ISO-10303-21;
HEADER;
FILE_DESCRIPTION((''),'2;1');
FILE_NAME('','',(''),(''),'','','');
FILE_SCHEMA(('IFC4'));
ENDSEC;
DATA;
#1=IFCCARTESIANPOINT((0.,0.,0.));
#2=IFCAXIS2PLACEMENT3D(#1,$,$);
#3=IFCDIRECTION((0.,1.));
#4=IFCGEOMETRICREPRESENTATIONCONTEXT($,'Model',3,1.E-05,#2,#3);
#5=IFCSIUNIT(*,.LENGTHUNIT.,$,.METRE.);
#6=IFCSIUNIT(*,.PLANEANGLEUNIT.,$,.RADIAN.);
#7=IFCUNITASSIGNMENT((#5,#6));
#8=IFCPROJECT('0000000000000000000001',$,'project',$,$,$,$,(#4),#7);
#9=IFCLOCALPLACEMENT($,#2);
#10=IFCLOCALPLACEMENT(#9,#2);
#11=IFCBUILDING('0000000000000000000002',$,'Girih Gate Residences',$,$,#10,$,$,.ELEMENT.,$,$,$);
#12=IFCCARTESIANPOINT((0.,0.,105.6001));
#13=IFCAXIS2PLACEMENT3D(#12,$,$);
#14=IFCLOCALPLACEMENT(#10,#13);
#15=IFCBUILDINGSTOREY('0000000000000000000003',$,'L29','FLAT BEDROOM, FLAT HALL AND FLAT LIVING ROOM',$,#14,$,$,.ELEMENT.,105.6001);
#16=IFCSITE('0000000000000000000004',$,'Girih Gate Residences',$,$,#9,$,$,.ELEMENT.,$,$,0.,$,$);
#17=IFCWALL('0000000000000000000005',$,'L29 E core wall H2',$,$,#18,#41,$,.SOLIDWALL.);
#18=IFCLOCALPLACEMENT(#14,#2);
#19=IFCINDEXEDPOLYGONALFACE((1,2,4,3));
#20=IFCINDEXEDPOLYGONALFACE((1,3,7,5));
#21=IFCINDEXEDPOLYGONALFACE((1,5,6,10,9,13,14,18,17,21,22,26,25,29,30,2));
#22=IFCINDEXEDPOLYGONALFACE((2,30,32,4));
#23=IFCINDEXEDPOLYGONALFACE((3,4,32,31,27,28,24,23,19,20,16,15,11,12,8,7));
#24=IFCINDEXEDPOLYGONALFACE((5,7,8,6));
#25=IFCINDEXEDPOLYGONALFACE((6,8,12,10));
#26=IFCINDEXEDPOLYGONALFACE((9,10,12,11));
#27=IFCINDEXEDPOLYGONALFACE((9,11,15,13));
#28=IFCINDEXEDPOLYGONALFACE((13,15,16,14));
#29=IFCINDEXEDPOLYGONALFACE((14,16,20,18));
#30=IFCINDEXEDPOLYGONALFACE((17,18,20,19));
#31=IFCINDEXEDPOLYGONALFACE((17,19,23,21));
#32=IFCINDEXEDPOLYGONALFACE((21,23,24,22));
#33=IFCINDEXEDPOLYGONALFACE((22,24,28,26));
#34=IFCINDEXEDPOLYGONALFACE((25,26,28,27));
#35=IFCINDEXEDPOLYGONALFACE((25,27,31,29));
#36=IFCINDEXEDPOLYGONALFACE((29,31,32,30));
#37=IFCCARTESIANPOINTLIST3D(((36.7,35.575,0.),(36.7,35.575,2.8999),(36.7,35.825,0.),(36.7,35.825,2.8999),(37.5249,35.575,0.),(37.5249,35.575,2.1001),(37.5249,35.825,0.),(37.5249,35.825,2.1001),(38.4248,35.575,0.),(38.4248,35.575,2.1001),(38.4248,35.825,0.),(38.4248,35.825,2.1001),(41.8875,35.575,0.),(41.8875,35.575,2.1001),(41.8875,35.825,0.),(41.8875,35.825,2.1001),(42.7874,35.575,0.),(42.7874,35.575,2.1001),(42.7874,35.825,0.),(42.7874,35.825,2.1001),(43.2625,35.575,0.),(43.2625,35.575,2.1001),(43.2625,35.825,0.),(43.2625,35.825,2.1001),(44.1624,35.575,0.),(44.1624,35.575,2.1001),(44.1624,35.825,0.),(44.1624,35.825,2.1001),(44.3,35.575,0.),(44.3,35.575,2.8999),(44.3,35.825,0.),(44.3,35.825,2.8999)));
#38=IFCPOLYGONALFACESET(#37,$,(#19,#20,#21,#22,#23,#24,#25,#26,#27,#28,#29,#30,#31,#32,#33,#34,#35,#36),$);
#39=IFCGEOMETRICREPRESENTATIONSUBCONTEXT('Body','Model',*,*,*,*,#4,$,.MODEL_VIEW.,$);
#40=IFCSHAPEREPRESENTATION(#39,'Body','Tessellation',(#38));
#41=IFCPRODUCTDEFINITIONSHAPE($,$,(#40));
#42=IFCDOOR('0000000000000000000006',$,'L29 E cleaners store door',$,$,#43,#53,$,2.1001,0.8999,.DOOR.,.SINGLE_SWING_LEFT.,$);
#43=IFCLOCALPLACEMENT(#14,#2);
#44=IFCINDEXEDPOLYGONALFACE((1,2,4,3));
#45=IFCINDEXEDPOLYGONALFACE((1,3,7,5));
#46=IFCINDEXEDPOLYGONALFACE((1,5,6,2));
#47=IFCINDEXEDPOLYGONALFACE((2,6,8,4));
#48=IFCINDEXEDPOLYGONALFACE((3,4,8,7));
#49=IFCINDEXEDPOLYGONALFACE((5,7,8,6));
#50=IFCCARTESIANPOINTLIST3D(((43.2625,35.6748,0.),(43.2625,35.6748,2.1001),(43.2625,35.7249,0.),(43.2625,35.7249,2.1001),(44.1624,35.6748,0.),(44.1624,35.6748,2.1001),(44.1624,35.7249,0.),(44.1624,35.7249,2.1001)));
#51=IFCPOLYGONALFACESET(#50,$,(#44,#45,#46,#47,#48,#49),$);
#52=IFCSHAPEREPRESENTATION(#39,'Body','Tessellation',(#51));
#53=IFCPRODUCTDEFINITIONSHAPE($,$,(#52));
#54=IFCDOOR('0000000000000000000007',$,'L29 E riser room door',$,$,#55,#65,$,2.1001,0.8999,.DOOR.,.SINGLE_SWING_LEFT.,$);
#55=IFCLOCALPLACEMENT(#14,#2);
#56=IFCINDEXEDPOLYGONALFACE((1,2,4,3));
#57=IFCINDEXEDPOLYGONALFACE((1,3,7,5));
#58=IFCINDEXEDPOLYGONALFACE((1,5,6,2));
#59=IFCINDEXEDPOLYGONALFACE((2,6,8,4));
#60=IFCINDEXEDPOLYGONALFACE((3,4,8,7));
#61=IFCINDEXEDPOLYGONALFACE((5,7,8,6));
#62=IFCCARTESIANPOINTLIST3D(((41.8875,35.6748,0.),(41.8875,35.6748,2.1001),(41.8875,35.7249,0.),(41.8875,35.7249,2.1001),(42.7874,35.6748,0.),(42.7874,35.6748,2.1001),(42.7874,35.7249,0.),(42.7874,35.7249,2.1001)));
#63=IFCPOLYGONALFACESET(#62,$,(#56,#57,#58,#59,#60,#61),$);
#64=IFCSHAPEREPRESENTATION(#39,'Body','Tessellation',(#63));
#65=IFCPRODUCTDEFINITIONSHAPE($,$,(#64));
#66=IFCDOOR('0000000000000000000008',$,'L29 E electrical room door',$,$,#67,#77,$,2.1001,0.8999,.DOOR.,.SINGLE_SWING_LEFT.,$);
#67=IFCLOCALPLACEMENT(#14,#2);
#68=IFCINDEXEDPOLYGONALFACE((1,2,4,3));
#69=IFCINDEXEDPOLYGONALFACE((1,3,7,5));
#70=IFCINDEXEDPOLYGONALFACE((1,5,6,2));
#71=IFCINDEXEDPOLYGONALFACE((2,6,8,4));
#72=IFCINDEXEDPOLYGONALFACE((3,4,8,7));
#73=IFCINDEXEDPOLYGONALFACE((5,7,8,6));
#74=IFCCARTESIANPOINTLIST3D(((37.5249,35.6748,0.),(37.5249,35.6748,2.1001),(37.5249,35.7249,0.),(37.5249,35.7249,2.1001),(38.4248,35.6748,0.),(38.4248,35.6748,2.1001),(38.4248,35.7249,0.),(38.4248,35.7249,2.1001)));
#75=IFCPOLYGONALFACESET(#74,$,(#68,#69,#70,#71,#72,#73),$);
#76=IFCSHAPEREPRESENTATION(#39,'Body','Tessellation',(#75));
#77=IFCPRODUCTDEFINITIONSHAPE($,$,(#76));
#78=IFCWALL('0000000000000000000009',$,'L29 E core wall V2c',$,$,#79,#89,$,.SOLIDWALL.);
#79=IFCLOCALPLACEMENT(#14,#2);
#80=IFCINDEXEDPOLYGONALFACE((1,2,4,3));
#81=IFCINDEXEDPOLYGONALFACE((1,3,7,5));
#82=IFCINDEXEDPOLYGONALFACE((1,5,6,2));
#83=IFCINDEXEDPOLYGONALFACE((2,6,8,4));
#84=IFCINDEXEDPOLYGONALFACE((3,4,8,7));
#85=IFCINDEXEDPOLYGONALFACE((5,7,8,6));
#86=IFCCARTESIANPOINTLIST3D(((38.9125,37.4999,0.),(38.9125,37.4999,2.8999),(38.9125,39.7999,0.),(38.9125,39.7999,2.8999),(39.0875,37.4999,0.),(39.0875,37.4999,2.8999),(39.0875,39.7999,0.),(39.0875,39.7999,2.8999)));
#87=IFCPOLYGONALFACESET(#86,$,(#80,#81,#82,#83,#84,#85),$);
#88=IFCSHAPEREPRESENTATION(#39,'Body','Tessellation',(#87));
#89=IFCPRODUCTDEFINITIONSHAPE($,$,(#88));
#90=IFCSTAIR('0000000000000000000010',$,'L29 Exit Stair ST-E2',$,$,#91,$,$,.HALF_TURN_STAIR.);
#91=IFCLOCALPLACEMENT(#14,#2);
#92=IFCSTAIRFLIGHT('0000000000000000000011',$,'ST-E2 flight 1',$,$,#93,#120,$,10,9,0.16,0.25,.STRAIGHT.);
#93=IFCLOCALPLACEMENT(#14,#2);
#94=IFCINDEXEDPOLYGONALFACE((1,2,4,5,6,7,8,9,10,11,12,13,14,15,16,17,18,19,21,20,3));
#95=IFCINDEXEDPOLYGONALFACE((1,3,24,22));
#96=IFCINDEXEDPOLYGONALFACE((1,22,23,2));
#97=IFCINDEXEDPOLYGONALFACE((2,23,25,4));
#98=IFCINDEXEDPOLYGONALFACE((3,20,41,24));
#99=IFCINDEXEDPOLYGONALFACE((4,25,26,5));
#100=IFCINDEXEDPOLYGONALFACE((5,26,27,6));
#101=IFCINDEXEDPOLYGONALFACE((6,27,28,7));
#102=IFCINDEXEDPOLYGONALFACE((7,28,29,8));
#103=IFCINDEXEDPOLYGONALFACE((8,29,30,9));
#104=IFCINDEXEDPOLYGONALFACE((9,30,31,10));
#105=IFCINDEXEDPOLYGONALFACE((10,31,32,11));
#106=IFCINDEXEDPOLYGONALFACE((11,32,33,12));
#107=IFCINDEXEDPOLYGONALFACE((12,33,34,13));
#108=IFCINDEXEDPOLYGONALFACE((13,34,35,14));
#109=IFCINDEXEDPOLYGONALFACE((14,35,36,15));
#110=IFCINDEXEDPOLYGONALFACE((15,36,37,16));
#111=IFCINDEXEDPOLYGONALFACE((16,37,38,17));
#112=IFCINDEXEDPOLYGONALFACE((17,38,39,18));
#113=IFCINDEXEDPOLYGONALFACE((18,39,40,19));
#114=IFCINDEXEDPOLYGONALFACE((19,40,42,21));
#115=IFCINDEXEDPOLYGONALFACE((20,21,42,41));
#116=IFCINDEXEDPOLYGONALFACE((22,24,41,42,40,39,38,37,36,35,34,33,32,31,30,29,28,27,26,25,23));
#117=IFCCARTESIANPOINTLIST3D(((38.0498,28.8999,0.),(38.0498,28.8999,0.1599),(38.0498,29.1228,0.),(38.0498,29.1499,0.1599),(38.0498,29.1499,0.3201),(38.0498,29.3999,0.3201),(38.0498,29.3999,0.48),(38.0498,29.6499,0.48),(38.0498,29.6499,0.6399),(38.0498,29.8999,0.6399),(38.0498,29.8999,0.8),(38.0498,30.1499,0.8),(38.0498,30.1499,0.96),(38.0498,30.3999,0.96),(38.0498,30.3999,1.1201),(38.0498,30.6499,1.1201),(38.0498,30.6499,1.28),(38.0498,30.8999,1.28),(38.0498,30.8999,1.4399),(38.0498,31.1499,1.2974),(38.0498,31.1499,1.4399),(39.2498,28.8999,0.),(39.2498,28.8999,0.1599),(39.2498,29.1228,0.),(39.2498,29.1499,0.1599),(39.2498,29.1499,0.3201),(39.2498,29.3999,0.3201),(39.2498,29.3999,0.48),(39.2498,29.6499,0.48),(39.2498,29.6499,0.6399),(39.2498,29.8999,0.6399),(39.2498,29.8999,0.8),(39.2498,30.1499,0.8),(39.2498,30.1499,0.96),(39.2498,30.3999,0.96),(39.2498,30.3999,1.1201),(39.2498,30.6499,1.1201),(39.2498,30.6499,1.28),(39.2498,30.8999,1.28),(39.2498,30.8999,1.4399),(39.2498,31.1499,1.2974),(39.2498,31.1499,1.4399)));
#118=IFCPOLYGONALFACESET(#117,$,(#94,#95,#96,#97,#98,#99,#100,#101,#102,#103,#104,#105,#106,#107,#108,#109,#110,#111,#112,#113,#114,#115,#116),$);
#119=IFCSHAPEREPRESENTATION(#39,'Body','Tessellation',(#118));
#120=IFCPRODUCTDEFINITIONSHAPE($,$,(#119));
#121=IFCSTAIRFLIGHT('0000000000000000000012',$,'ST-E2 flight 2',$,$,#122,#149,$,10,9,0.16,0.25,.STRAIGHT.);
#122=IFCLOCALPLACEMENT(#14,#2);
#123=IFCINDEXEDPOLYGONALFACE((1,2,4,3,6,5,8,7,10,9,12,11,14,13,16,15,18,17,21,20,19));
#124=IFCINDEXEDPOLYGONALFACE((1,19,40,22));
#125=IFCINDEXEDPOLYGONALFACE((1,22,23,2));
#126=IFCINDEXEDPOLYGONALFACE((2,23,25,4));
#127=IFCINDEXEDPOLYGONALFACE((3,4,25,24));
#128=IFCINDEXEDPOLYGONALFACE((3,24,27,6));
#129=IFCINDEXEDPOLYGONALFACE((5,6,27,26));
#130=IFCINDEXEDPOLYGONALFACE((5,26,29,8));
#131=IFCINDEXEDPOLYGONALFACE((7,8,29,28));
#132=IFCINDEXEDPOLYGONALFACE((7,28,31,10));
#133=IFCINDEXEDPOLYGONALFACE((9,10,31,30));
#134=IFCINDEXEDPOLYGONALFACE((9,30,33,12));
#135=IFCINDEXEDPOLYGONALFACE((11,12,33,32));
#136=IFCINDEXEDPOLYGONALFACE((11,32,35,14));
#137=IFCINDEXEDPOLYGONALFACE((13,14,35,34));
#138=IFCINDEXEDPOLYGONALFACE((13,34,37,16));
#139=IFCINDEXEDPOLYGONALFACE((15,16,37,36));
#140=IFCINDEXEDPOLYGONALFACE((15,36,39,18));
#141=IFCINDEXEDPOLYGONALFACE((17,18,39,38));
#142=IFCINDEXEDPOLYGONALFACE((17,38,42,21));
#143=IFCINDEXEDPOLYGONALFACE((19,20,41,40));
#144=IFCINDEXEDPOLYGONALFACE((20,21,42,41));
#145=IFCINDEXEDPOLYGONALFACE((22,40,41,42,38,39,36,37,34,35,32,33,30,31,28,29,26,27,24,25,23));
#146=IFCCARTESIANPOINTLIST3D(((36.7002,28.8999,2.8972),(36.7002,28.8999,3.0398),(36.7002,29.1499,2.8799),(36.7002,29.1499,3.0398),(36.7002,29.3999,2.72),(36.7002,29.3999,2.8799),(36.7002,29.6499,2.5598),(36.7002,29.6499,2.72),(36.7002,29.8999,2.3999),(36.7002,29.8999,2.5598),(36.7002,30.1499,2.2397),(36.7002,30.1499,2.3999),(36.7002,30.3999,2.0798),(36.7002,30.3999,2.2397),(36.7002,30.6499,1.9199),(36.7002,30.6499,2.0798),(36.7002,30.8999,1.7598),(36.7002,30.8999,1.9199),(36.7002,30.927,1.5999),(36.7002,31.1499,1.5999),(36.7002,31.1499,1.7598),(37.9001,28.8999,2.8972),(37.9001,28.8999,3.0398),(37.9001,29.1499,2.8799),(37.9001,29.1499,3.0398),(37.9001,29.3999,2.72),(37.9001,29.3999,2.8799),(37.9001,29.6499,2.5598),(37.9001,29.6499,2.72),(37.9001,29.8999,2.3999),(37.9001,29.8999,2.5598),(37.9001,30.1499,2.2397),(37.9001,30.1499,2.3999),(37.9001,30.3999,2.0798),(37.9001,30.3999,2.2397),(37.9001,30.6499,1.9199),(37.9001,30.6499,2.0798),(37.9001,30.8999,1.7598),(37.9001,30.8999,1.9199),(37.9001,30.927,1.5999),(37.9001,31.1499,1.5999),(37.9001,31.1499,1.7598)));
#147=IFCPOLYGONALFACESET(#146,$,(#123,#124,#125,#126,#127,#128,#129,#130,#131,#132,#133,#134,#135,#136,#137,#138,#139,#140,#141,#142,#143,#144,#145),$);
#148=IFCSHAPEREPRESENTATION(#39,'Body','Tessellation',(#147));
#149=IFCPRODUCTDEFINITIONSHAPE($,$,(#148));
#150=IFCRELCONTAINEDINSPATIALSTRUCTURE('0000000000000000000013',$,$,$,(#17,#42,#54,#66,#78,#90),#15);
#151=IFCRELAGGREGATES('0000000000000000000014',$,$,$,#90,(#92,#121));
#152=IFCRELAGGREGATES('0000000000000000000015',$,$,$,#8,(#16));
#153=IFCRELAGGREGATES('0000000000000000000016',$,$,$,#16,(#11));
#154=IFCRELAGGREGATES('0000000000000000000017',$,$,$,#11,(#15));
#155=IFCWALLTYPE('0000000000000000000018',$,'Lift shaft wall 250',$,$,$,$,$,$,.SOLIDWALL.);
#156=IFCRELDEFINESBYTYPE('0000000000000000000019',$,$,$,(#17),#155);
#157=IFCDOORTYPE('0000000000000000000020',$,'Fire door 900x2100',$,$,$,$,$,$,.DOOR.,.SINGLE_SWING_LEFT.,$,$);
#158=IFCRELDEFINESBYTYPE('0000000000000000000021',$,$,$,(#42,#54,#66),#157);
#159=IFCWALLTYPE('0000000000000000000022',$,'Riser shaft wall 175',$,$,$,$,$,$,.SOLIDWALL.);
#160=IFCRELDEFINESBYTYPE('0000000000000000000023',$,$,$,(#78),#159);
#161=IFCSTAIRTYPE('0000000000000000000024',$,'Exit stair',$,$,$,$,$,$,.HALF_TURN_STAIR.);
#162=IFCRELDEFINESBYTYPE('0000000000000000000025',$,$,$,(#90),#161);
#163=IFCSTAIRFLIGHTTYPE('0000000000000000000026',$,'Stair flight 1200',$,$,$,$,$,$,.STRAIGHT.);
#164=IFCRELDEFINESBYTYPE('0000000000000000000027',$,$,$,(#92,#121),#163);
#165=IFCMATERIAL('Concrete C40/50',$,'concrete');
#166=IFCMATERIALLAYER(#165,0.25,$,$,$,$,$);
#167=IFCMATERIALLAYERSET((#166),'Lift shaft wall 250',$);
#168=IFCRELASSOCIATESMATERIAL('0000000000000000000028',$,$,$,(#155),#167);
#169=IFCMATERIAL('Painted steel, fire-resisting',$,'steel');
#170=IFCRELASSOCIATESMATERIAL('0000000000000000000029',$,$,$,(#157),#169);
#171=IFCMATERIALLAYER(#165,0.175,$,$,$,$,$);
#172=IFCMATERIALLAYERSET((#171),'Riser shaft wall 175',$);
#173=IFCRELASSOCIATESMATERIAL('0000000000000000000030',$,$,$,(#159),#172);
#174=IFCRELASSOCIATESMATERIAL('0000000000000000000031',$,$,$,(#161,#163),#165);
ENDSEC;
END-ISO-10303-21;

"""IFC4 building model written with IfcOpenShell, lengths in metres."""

from ifc_helpers import new_model, si_unit, direction, frame, frame_2d, origin, place, context, subcontext, project, spatial, polyline, rectangle, outline, extrude, material, layer, layer_set, type_object, element, fill, aggregate, save


model = new_model("IFC4")

# Units and contexts
model_context = context("Model", 3, precision=1e-05, world=origin(), true_north=direction((0.0, 1.0)))
body_context = subcontext(model_context, "Body", "Model", "MODEL_VIEW")
ifc_project = project(units=[si_unit("LENGTHUNIT", "METRE"), si_unit("PLANEANGLEUNIT", "RADIAN")], contexts=[model_context])

# Site, building, storey
site_placement = place(None, origin())
site = spatial("IfcSite", under=ifc_project, at=site_placement, Name="Girih Gate Residences", CompositionType="ELEMENT", RefElevation=0.0)
building_placement = place(site_placement, origin())
building = spatial("IfcBuilding", under=site, at=building_placement, Name="Girih Gate Residences", CompositionType="ELEMENT")
storey_placement = place(building_placement, frame((0.0, 0.0, 105.6001)))
storey = spatial("IfcBuildingStorey", under=building, at=storey_placement, Name="L29", Description="FLAT BEDROOM, FLAT HALL AND FLAT LIVING ROOM", CompositionType="ELEMENT", Elevation=105.6001)

# Shared definitions
ifc_material_1 = material(Name="Concrete C40/50", Category="concrete")
ifc_layer_1 = layer(ifc_material_1, 0.25)
ifc_layer_set_1 = layer_set([ifc_layer_1], Name="Lift shaft wall 250")
wall_type_1 = type_object("IfcWallType", Name="Lift shaft wall 250", PredefinedType="SOLIDWALL", material=ifc_layer_set_1)

# Wall, openings, doors
wall_1_placement = place(storey_placement, frame((36.7, 35.7, 0.0), z_axis=(0.0, 0.0, 1.0), x_axis=(1.0, 0.0, 0.0)))
wall_1 = element("IfcWall", 1, at=wall_1_placement, inside=storey, type_object=wall_type_1, Name="L29 E core wall H2", PredefinedType="SOLIDWALL", context=body_context, shape_type="SweptSolid", body=[
    extrude(rectangle(XDim=7.6001, YDim=0.25, at=frame_2d((3.8, 0.0))), origin(), (0.0, 0.0, 1.0), 2.8999),
])
opening_1_placement = place(wall_1_placement, frame((6.5625, 0.0, 0.0)))
opening_1 = element("IfcOpeningElement", 2, at=opening_1_placement, cuts=wall_1, PredefinedType="OPENING", context=body_context, shape_type="SweptSolid", body=[
    extrude(rectangle(XDim=0.8999, YDim=2.1001, at=frame_2d((0.45, 1.05))), frame((0.0, 0.135, 0.0), z_axis=(0.0, -1.0, 0.0), x_axis=(1.0, 0.0, 0.0)), (0.0, 0.0, 1.0), 0.27),
])
opening_2_placement = place(wall_1_placement, frame((5.1875, 0.0, 0.0)))
opening_2 = element("IfcOpeningElement", 3, at=opening_2_placement, cuts=wall_1, PredefinedType="OPENING", context=body_context, shape_type="SweptSolid", body=[
    extrude(rectangle(XDim=0.8999, YDim=2.1001, at=frame_2d((0.45, 1.05))), frame((0.0, 0.135, 0.0), z_axis=(0.0, -1.0, 0.0), x_axis=(1.0, 0.0, 0.0)), (0.0, 0.0, 1.0), 0.27),
])
opening_3_placement = place(wall_1_placement, frame((0.825, 0.0, 0.0)))
opening_3 = element("IfcOpeningElement", 4, at=opening_3_placement, cuts=wall_1, PredefinedType="OPENING", context=body_context, shape_type="SweptSolid", body=[
    extrude(rectangle(XDim=0.8999, YDim=2.1001, at=frame_2d((0.45, 1.05))), frame((0.0, 0.135, 0.0), z_axis=(0.0, -1.0, 0.0), x_axis=(1.0, 0.0, 0.0)), (0.0, 0.0, 1.0), 0.27),
])
ifc_material_2 = material(Name="Painted steel, fire-resisting", Category="steel")
door_type_1 = type_object("IfcDoorType", Name="Fire door 900x2100", OperationType="SINGLE_SWING_LEFT", PredefinedType="DOOR", material=ifc_material_2)
door_1_placement = place(opening_1_placement, origin())
door_1 = element("IfcDoor", 5, at=door_1_placement, inside=storey, type_object=door_type_1, Name="L29 E cleaners store door", OperationType="SINGLE_SWING_LEFT", OverallHeight=2.1001, OverallWidth=0.8999, PredefinedType="DOOR", context=body_context, shape_type="SweptSolid", body=[
    extrude(rectangle(XDim=0.8999, YDim=2.1001, at=frame_2d((0.45, 1.05))), frame((0.0, 0.0249, 0.0), z_axis=(0.0, -1.0, 0.0), x_axis=(1.0, 0.0, 0.0)), (0.0, 0.0, 1.0), 0.05),
])
fill(opening_1, door_1)
door_2_placement = place(opening_2_placement, origin())
door_2 = element("IfcDoor", 6, at=door_2_placement, inside=storey, type_object=door_type_1, Name="L29 E riser room door", OperationType="SINGLE_SWING_LEFT", OverallHeight=2.1001, OverallWidth=0.8999, PredefinedType="DOOR", context=body_context, shape_type="SweptSolid", body=[
    extrude(rectangle(XDim=0.8999, YDim=2.1001, at=frame_2d((0.45, 1.05))), frame((0.0, 0.0249, 0.0), z_axis=(0.0, -1.0, 0.0), x_axis=(1.0, 0.0, 0.0)), (0.0, 0.0, 1.0), 0.05),
])
fill(opening_2, door_2)
door_3_placement = place(opening_3_placement, origin())
door_3 = element("IfcDoor", 7, at=door_3_placement, inside=storey, type_object=door_type_1, Name="L29 E electrical room door", OperationType="SINGLE_SWING_LEFT", OverallHeight=2.1001, OverallWidth=0.8999, PredefinedType="DOOR", context=body_context, shape_type="SweptSolid", body=[
    extrude(rectangle(XDim=0.8999, YDim=2.1001, at=frame_2d((0.45, 1.05))), frame((0.0, 0.0249, 0.0), z_axis=(0.0, -1.0, 0.0), x_axis=(1.0, 0.0, 0.0)), (0.0, 0.0, 1.0), 0.05),
])
fill(opening_3, door_3)

# Wall
ifc_layer_2 = layer(ifc_material_1, 0.175)
ifc_layer_set_2 = layer_set([ifc_layer_2], Name="Riser shaft wall 175")
wall_type_2 = type_object("IfcWallType", Name="Riser shaft wall 175", PredefinedType="SOLIDWALL", material=ifc_layer_set_2)
wall_2_placement = place(storey_placement, frame((39.0, 37.5, 0.0), z_axis=(0.0, 0.0, 1.0), x_axis=(0.0, 1.0, 0.0)))
element("IfcWall", 8, at=wall_2_placement, inside=storey, type_object=wall_type_2, Name="L29 E core wall V2c", PredefinedType="SOLIDWALL", context=body_context, shape_type="SweptSolid", body=[
    extrude(rectangle(XDim=2.3, YDim=0.175, at=frame_2d((1.1499, 0.0))), origin(), (0.0, 0.0, 1.0), 2.8999),
])

# Stair, stair flights
stair_type = type_object("IfcStairType", Name="Exit stair", PredefinedType="HALF_TURN_STAIR", material=ifc_material_1)
stair_placement = place(storey_placement, origin())
stair = element("IfcStair", 9, at=stair_placement, inside=storey, type_object=stair_type, Name="L29 Exit Stair ST-E2", PredefinedType="HALF_TURN_STAIR")
stair_flight_type = type_object("IfcStairFlightType", Name="Stair flight 1200", PredefinedType="STRAIGHT", material=ifc_material_1)
stair_flight_1_placement = place(storey_placement, frame((38.6499, 28.8999, 0.0), z_axis=(0.0, 0.0, 1.0), x_axis=(0.0, 1.0, 0.0)))
stair_flight_1 = element("IfcStairFlight", 10, at=stair_flight_1_placement, type_object=stair_flight_type, Name="ST-E2 flight 1", NumberOfRisers=10, NumberOfTreads=9, PredefinedType="STRAIGHT", RiserHeight=0.16, TreadLength=0.25, context=body_context, shape_type="SweptSolid", body=[
    extrude(outline(polyline([(0.0, 0.0), (0.0, 0.1599), (0.25, 0.1599), (0.25, 0.3201), (0.5, 0.3201), (0.5, 0.48), (0.75, 0.48), (0.75, 0.6399), (1.0, 0.6399), (1.0, 0.8), (1.25, 0.8), (1.25, 0.96), (1.5, 0.96), (1.5, 1.1201), (1.75, 1.1201), (1.75, 1.28), (2.0, 1.28), (2.0, 1.4399), (2.25, 1.4399), (2.25, 1.6001), (2.25, 1.2974), (0.2229, 0.0), (0.0, 0.0)])), frame((0.0, 0.6001, 0.0), z_axis=(0.0, -1.0, 0.0), x_axis=(1.0, 0.0, 0.0)), (0.0, 0.0, 1.0), 1.2),
])
stair_flight_2_placement = place(storey_placement, frame((37.3, 31.1499, 1.5999), z_axis=(0.0, 0.0, 1.0), x_axis=(0.0, -1.0, 0.0)))
stair_flight_2 = element("IfcStairFlight", 11, at=stair_flight_2_placement, type_object=stair_flight_type, Name="ST-E2 flight 2", NumberOfRisers=10, NumberOfTreads=9, PredefinedType="STRAIGHT", RiserHeight=0.16, TreadLength=0.25, context=body_context, shape_type="SweptSolid", body=[
    extrude(outline(polyline([(0.0, 0.0), (0.0, 0.1599), (0.25, 0.1599), (0.25, 0.3201), (0.5, 0.3201), (0.5, 0.48), (0.75, 0.48), (0.75, 0.6399), (1.0, 0.6399), (1.0, 0.8), (1.25, 0.8), (1.25, 0.96), (1.5, 0.96), (1.5, 1.1201), (1.75, 1.1201), (1.75, 1.28), (2.0, 1.28), (2.0, 1.4399), (2.25, 1.4399), (2.25, 1.6001), (2.25, 1.2974), (0.2229, 0.0), (0.0, 0.0)])), frame((0.0, 0.6001, 0.0), z_axis=(0.0, -1.0, 0.0), x_axis=(1.0, 0.0, 0.0)), (0.0, 0.0, 1.0), 1.2),
])
aggregate(stair, [stair_flight_1, stair_flight_2])

save(model, "model.ifc")
